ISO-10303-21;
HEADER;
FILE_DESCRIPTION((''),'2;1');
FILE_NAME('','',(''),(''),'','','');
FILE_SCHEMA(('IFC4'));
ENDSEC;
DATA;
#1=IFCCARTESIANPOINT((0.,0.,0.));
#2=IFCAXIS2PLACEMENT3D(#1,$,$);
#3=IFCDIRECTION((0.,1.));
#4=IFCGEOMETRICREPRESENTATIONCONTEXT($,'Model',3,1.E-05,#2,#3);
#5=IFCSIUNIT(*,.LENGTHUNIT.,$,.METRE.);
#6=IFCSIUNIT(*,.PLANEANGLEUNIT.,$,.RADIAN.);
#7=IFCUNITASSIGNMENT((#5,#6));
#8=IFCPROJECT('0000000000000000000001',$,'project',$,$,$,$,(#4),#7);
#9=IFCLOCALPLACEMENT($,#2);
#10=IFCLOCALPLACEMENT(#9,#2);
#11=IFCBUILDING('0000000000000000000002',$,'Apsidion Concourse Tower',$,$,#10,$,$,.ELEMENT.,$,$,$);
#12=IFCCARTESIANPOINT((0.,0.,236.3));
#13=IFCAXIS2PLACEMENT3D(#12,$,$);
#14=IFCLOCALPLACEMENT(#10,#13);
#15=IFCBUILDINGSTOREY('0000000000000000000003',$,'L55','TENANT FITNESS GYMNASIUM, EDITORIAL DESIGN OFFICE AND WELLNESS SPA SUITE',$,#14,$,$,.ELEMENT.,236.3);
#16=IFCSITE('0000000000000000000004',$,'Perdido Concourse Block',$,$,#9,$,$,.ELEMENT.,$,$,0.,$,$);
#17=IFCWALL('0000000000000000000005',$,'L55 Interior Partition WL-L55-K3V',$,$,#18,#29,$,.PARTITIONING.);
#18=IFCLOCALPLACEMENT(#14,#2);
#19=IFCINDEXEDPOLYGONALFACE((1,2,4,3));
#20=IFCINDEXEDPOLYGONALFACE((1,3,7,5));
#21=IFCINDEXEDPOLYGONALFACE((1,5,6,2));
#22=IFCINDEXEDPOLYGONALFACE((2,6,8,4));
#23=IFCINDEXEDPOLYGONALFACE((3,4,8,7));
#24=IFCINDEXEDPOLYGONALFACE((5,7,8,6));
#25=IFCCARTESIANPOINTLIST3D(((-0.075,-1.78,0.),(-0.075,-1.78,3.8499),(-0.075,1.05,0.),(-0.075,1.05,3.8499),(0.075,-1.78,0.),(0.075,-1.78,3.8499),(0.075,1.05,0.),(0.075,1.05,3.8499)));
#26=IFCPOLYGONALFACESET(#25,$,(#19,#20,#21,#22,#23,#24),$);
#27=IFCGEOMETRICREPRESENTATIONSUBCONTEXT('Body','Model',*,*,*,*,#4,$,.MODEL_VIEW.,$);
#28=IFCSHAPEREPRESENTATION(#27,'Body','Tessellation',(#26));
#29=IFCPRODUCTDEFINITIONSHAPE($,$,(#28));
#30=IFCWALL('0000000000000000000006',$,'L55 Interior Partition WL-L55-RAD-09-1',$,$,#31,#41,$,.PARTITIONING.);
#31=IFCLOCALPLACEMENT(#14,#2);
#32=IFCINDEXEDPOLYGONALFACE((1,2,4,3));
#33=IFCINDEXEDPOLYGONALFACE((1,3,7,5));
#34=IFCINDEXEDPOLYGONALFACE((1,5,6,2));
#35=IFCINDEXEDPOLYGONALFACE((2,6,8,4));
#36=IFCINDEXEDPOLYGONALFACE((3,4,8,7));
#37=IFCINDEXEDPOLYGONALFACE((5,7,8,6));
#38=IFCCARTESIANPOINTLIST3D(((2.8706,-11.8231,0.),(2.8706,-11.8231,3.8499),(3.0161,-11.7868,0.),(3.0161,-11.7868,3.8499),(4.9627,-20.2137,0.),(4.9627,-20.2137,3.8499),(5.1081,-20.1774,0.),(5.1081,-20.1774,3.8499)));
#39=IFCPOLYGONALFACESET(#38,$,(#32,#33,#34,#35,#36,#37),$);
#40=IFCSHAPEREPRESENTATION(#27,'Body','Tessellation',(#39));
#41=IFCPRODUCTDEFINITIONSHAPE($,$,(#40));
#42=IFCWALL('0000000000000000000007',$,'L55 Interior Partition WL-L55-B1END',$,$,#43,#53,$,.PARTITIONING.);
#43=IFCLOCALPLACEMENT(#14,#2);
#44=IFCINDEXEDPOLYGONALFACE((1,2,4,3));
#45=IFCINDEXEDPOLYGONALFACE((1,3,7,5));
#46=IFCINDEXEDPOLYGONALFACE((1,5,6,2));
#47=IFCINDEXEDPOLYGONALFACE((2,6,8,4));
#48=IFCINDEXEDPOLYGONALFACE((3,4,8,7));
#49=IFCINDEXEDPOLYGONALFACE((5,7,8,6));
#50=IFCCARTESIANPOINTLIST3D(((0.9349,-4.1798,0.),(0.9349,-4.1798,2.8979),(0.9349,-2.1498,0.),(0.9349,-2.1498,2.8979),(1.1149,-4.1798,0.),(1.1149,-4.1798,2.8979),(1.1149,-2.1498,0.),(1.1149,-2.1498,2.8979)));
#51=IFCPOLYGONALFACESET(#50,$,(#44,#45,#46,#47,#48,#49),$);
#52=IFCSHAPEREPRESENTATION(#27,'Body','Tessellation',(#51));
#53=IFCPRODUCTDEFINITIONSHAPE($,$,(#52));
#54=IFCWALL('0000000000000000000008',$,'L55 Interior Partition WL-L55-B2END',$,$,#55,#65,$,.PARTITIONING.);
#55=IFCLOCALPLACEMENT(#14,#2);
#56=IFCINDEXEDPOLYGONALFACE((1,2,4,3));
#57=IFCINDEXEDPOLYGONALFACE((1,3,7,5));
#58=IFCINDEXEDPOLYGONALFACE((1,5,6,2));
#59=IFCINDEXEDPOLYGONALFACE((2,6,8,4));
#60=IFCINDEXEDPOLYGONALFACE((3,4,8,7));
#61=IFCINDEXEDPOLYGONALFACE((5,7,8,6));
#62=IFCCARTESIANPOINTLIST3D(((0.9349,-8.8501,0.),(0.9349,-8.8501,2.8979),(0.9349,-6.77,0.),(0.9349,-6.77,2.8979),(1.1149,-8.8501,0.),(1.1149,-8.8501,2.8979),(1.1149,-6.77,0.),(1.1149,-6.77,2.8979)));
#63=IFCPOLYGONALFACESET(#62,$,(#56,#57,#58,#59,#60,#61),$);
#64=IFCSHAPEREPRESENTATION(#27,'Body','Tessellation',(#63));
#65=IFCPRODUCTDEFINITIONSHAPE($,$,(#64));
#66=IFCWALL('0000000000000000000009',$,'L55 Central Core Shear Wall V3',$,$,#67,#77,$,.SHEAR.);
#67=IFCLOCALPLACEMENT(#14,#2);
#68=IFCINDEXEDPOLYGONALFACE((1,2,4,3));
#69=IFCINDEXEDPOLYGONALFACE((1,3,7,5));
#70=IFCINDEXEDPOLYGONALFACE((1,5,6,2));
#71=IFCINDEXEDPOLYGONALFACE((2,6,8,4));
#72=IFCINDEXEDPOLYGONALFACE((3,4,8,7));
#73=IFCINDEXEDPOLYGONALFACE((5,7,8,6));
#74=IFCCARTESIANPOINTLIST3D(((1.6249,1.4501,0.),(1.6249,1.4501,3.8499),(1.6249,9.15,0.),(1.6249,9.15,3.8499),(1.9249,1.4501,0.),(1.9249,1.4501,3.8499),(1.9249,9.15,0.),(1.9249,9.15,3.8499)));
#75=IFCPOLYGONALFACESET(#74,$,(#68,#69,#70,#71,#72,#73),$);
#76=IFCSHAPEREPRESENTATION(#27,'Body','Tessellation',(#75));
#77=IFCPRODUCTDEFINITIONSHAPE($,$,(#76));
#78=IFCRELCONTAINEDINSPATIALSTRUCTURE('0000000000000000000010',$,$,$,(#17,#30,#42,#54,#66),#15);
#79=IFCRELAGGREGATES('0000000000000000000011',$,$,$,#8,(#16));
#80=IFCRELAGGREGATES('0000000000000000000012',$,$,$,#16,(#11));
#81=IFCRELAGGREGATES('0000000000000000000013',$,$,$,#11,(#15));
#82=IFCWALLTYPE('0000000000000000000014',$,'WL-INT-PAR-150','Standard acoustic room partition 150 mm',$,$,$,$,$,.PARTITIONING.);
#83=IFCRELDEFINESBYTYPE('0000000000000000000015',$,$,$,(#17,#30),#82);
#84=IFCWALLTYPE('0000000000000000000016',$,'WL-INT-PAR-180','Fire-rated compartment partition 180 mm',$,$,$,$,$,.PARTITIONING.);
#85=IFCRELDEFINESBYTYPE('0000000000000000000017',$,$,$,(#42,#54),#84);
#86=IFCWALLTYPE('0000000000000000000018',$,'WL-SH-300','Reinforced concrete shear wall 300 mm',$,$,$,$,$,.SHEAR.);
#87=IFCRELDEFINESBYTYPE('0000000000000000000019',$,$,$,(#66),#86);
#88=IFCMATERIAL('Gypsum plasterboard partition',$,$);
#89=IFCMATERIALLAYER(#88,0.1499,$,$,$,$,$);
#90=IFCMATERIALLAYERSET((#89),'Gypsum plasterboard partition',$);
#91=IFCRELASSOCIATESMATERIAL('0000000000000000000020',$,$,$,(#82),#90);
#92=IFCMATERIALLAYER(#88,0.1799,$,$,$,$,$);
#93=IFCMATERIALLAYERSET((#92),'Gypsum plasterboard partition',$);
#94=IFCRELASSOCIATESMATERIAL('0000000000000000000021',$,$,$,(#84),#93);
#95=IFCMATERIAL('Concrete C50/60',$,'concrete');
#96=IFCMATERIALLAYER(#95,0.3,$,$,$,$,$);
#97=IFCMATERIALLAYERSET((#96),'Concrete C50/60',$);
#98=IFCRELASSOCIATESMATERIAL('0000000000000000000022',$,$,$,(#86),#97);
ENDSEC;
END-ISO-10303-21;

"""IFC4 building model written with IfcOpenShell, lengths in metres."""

from ifc_helpers import new_model, si_unit, direction, frame, frame_2d, origin, place, context, subcontext, project, spatial, rectangle, extrude, material, layer, layer_set, type_object, element, save


model = new_model("IFC4")

# Units and contexts
model_context = context("Model", 3, precision=1e-05, world=origin(), true_north=direction((0.0, 1.0)))
body_context = subcontext(model_context, "Body", "Model", "MODEL_VIEW")
ifc_project = project(units=[si_unit("LENGTHUNIT", "METRE"), si_unit("PLANEANGLEUNIT", "RADIAN")], contexts=[model_context])

# Site, building, storey
site_placement = place(None, origin())
site = spatial("IfcSite", under=ifc_project, at=site_placement, Name="Perdido Concourse Block", CompositionType="ELEMENT", RefElevation=0.0)
building_placement = place(site_placement, origin())
building = spatial("IfcBuilding", under=site, at=building_placement, Name="Apsidion Concourse Tower", CompositionType="ELEMENT")
storey_placement = place(building_placement, frame((0.0, 0.0, 236.3)))
storey = spatial("IfcBuildingStorey", under=building, at=storey_placement, Name="L55", Description="TENANT FITNESS GYMNASIUM, EDITORIAL DESIGN OFFICE AND WELLNESS SPA SUITE", CompositionType="ELEMENT", Elevation=236.3)

# Shared definitions
ifc_material_1 = material(Name="Concrete C50/60", Category="concrete")

# Walls
ifc_material_2 = material(Name="Gypsum plasterboard partition")
ifc_layer_1 = layer(ifc_material_2, 0.1499)
ifc_layer_set_1 = layer_set([ifc_layer_1], Name="Gypsum plasterboard partition")
wall_type_1 = type_object("IfcWallType", Name="WL-INT-PAR-150", Description="Standard acoustic room partition 150 mm", PredefinedType="PARTITIONING", material=ifc_layer_set_1)
wall_1_placement = place(storey_placement, frame((0.0, -1.78, 0.0), z_axis=(0.0, 0.0, 1.0), x_axis=(0.0, 1.0, 0.0)))
element("IfcWall", 1, at=wall_1_placement, inside=storey, type_object=wall_type_1, Name="L55 Interior Partition WL-L55-K3V", PredefinedType="PARTITIONING", context=body_context, shape_type="SweptSolid", body=[
    extrude(rectangle(XDim=2.8301, YDim=0.1499, at=frame_2d((1.415, 0.0))), origin(), (0.0, 0.0, 1.0), 3.8499),
])
wall_2_placement = place(storey_placement, frame((2.9434, -11.8049, 0.0), z_axis=(0.0, 0.0, 1.0), x_axis=(0.241924, -0.970295, 0.0)))
element("IfcWall", 2, at=wall_2_placement, inside=storey, type_object=wall_type_1, Name="L55 Interior Partition WL-L55-RAD-09-1", PredefinedType="PARTITIONING", context=body_context, shape_type="SweptSolid", body=[
    extrude(rectangle(XDim=8.6475, YDim=0.1499, at=frame_2d((4.3237, 0.0))), origin(), (0.0, 0.0, 1.0), 3.8499),
])
ifc_layer_2 = layer(ifc_material_2, 0.1799)
ifc_layer_set_2 = layer_set([ifc_layer_2], Name="Gypsum plasterboard partition")
wall_type_2 = type_object("IfcWallType", Name="WL-INT-PAR-180", Description="Fire-rated compartment partition 180 mm", PredefinedType="PARTITIONING", material=ifc_layer_set_2)
wall_3_placement = place(storey_placement, frame((1.0249, -4.1799, 0.0), z_axis=(0.0, 0.0, 1.0), x_axis=(0.0, 1.0, 0.0)))
element("IfcWall", 3, at=wall_3_placement, inside=storey, type_object=wall_type_2, Name="L55 Interior Partition WL-L55-B1END", PredefinedType="PARTITIONING", context=body_context, shape_type="SweptSolid", body=[
    extrude(rectangle(XDim=2.03, YDim=0.1799, at=frame_2d((1.0151, 0.0))), origin(), (0.0, 0.0, 1.0), 2.8979),
])
wall_4_placement = place(storey_placement, frame((1.0249, -8.8501, 0.0), z_axis=(0.0, 0.0, 1.0), x_axis=(0.0, 1.0, 0.0)))
element("IfcWall", 4, at=wall_4_placement, inside=storey, type_object=wall_type_2, Name="L55 Interior Partition WL-L55-B2END", PredefinedType="PARTITIONING", context=body_context, shape_type="SweptSolid", body=[
    extrude(rectangle(XDim=2.0801, YDim=0.1799, at=frame_2d((1.04, 0.0))), origin(), (0.0, 0.0, 1.0), 2.8979),
])

# Wall
ifc_layer_3 = layer(ifc_material_1, 0.3)
ifc_layer_set_3 = layer_set([ifc_layer_3], Name="Concrete C50/60")
wall_type_3 = type_object("IfcWallType", Name="WL-SH-300", Description="Reinforced concrete shear wall 300 mm", PredefinedType="SHEAR", material=ifc_layer_set_3)
wall_5_placement = place(storey_placement, frame((1.7749, 1.45, 0.0), z_axis=(0.0, 0.0, 1.0), x_axis=(0.0, 1.0, 0.0)))
element("IfcWall", 5, at=wall_5_placement, inside=storey, type_object=wall_type_3, Name="L55 Central Core Shear Wall V3", PredefinedType="SHEAR", context=body_context, shape_type="SweptSolid", body=[
    extrude(rectangle(XDim=7.7, YDim=0.3, at=frame_2d((3.8501, 0.0))), origin(), (0.0, 0.0, 1.0), 3.8499),
])

save(model, "model.ifc")
